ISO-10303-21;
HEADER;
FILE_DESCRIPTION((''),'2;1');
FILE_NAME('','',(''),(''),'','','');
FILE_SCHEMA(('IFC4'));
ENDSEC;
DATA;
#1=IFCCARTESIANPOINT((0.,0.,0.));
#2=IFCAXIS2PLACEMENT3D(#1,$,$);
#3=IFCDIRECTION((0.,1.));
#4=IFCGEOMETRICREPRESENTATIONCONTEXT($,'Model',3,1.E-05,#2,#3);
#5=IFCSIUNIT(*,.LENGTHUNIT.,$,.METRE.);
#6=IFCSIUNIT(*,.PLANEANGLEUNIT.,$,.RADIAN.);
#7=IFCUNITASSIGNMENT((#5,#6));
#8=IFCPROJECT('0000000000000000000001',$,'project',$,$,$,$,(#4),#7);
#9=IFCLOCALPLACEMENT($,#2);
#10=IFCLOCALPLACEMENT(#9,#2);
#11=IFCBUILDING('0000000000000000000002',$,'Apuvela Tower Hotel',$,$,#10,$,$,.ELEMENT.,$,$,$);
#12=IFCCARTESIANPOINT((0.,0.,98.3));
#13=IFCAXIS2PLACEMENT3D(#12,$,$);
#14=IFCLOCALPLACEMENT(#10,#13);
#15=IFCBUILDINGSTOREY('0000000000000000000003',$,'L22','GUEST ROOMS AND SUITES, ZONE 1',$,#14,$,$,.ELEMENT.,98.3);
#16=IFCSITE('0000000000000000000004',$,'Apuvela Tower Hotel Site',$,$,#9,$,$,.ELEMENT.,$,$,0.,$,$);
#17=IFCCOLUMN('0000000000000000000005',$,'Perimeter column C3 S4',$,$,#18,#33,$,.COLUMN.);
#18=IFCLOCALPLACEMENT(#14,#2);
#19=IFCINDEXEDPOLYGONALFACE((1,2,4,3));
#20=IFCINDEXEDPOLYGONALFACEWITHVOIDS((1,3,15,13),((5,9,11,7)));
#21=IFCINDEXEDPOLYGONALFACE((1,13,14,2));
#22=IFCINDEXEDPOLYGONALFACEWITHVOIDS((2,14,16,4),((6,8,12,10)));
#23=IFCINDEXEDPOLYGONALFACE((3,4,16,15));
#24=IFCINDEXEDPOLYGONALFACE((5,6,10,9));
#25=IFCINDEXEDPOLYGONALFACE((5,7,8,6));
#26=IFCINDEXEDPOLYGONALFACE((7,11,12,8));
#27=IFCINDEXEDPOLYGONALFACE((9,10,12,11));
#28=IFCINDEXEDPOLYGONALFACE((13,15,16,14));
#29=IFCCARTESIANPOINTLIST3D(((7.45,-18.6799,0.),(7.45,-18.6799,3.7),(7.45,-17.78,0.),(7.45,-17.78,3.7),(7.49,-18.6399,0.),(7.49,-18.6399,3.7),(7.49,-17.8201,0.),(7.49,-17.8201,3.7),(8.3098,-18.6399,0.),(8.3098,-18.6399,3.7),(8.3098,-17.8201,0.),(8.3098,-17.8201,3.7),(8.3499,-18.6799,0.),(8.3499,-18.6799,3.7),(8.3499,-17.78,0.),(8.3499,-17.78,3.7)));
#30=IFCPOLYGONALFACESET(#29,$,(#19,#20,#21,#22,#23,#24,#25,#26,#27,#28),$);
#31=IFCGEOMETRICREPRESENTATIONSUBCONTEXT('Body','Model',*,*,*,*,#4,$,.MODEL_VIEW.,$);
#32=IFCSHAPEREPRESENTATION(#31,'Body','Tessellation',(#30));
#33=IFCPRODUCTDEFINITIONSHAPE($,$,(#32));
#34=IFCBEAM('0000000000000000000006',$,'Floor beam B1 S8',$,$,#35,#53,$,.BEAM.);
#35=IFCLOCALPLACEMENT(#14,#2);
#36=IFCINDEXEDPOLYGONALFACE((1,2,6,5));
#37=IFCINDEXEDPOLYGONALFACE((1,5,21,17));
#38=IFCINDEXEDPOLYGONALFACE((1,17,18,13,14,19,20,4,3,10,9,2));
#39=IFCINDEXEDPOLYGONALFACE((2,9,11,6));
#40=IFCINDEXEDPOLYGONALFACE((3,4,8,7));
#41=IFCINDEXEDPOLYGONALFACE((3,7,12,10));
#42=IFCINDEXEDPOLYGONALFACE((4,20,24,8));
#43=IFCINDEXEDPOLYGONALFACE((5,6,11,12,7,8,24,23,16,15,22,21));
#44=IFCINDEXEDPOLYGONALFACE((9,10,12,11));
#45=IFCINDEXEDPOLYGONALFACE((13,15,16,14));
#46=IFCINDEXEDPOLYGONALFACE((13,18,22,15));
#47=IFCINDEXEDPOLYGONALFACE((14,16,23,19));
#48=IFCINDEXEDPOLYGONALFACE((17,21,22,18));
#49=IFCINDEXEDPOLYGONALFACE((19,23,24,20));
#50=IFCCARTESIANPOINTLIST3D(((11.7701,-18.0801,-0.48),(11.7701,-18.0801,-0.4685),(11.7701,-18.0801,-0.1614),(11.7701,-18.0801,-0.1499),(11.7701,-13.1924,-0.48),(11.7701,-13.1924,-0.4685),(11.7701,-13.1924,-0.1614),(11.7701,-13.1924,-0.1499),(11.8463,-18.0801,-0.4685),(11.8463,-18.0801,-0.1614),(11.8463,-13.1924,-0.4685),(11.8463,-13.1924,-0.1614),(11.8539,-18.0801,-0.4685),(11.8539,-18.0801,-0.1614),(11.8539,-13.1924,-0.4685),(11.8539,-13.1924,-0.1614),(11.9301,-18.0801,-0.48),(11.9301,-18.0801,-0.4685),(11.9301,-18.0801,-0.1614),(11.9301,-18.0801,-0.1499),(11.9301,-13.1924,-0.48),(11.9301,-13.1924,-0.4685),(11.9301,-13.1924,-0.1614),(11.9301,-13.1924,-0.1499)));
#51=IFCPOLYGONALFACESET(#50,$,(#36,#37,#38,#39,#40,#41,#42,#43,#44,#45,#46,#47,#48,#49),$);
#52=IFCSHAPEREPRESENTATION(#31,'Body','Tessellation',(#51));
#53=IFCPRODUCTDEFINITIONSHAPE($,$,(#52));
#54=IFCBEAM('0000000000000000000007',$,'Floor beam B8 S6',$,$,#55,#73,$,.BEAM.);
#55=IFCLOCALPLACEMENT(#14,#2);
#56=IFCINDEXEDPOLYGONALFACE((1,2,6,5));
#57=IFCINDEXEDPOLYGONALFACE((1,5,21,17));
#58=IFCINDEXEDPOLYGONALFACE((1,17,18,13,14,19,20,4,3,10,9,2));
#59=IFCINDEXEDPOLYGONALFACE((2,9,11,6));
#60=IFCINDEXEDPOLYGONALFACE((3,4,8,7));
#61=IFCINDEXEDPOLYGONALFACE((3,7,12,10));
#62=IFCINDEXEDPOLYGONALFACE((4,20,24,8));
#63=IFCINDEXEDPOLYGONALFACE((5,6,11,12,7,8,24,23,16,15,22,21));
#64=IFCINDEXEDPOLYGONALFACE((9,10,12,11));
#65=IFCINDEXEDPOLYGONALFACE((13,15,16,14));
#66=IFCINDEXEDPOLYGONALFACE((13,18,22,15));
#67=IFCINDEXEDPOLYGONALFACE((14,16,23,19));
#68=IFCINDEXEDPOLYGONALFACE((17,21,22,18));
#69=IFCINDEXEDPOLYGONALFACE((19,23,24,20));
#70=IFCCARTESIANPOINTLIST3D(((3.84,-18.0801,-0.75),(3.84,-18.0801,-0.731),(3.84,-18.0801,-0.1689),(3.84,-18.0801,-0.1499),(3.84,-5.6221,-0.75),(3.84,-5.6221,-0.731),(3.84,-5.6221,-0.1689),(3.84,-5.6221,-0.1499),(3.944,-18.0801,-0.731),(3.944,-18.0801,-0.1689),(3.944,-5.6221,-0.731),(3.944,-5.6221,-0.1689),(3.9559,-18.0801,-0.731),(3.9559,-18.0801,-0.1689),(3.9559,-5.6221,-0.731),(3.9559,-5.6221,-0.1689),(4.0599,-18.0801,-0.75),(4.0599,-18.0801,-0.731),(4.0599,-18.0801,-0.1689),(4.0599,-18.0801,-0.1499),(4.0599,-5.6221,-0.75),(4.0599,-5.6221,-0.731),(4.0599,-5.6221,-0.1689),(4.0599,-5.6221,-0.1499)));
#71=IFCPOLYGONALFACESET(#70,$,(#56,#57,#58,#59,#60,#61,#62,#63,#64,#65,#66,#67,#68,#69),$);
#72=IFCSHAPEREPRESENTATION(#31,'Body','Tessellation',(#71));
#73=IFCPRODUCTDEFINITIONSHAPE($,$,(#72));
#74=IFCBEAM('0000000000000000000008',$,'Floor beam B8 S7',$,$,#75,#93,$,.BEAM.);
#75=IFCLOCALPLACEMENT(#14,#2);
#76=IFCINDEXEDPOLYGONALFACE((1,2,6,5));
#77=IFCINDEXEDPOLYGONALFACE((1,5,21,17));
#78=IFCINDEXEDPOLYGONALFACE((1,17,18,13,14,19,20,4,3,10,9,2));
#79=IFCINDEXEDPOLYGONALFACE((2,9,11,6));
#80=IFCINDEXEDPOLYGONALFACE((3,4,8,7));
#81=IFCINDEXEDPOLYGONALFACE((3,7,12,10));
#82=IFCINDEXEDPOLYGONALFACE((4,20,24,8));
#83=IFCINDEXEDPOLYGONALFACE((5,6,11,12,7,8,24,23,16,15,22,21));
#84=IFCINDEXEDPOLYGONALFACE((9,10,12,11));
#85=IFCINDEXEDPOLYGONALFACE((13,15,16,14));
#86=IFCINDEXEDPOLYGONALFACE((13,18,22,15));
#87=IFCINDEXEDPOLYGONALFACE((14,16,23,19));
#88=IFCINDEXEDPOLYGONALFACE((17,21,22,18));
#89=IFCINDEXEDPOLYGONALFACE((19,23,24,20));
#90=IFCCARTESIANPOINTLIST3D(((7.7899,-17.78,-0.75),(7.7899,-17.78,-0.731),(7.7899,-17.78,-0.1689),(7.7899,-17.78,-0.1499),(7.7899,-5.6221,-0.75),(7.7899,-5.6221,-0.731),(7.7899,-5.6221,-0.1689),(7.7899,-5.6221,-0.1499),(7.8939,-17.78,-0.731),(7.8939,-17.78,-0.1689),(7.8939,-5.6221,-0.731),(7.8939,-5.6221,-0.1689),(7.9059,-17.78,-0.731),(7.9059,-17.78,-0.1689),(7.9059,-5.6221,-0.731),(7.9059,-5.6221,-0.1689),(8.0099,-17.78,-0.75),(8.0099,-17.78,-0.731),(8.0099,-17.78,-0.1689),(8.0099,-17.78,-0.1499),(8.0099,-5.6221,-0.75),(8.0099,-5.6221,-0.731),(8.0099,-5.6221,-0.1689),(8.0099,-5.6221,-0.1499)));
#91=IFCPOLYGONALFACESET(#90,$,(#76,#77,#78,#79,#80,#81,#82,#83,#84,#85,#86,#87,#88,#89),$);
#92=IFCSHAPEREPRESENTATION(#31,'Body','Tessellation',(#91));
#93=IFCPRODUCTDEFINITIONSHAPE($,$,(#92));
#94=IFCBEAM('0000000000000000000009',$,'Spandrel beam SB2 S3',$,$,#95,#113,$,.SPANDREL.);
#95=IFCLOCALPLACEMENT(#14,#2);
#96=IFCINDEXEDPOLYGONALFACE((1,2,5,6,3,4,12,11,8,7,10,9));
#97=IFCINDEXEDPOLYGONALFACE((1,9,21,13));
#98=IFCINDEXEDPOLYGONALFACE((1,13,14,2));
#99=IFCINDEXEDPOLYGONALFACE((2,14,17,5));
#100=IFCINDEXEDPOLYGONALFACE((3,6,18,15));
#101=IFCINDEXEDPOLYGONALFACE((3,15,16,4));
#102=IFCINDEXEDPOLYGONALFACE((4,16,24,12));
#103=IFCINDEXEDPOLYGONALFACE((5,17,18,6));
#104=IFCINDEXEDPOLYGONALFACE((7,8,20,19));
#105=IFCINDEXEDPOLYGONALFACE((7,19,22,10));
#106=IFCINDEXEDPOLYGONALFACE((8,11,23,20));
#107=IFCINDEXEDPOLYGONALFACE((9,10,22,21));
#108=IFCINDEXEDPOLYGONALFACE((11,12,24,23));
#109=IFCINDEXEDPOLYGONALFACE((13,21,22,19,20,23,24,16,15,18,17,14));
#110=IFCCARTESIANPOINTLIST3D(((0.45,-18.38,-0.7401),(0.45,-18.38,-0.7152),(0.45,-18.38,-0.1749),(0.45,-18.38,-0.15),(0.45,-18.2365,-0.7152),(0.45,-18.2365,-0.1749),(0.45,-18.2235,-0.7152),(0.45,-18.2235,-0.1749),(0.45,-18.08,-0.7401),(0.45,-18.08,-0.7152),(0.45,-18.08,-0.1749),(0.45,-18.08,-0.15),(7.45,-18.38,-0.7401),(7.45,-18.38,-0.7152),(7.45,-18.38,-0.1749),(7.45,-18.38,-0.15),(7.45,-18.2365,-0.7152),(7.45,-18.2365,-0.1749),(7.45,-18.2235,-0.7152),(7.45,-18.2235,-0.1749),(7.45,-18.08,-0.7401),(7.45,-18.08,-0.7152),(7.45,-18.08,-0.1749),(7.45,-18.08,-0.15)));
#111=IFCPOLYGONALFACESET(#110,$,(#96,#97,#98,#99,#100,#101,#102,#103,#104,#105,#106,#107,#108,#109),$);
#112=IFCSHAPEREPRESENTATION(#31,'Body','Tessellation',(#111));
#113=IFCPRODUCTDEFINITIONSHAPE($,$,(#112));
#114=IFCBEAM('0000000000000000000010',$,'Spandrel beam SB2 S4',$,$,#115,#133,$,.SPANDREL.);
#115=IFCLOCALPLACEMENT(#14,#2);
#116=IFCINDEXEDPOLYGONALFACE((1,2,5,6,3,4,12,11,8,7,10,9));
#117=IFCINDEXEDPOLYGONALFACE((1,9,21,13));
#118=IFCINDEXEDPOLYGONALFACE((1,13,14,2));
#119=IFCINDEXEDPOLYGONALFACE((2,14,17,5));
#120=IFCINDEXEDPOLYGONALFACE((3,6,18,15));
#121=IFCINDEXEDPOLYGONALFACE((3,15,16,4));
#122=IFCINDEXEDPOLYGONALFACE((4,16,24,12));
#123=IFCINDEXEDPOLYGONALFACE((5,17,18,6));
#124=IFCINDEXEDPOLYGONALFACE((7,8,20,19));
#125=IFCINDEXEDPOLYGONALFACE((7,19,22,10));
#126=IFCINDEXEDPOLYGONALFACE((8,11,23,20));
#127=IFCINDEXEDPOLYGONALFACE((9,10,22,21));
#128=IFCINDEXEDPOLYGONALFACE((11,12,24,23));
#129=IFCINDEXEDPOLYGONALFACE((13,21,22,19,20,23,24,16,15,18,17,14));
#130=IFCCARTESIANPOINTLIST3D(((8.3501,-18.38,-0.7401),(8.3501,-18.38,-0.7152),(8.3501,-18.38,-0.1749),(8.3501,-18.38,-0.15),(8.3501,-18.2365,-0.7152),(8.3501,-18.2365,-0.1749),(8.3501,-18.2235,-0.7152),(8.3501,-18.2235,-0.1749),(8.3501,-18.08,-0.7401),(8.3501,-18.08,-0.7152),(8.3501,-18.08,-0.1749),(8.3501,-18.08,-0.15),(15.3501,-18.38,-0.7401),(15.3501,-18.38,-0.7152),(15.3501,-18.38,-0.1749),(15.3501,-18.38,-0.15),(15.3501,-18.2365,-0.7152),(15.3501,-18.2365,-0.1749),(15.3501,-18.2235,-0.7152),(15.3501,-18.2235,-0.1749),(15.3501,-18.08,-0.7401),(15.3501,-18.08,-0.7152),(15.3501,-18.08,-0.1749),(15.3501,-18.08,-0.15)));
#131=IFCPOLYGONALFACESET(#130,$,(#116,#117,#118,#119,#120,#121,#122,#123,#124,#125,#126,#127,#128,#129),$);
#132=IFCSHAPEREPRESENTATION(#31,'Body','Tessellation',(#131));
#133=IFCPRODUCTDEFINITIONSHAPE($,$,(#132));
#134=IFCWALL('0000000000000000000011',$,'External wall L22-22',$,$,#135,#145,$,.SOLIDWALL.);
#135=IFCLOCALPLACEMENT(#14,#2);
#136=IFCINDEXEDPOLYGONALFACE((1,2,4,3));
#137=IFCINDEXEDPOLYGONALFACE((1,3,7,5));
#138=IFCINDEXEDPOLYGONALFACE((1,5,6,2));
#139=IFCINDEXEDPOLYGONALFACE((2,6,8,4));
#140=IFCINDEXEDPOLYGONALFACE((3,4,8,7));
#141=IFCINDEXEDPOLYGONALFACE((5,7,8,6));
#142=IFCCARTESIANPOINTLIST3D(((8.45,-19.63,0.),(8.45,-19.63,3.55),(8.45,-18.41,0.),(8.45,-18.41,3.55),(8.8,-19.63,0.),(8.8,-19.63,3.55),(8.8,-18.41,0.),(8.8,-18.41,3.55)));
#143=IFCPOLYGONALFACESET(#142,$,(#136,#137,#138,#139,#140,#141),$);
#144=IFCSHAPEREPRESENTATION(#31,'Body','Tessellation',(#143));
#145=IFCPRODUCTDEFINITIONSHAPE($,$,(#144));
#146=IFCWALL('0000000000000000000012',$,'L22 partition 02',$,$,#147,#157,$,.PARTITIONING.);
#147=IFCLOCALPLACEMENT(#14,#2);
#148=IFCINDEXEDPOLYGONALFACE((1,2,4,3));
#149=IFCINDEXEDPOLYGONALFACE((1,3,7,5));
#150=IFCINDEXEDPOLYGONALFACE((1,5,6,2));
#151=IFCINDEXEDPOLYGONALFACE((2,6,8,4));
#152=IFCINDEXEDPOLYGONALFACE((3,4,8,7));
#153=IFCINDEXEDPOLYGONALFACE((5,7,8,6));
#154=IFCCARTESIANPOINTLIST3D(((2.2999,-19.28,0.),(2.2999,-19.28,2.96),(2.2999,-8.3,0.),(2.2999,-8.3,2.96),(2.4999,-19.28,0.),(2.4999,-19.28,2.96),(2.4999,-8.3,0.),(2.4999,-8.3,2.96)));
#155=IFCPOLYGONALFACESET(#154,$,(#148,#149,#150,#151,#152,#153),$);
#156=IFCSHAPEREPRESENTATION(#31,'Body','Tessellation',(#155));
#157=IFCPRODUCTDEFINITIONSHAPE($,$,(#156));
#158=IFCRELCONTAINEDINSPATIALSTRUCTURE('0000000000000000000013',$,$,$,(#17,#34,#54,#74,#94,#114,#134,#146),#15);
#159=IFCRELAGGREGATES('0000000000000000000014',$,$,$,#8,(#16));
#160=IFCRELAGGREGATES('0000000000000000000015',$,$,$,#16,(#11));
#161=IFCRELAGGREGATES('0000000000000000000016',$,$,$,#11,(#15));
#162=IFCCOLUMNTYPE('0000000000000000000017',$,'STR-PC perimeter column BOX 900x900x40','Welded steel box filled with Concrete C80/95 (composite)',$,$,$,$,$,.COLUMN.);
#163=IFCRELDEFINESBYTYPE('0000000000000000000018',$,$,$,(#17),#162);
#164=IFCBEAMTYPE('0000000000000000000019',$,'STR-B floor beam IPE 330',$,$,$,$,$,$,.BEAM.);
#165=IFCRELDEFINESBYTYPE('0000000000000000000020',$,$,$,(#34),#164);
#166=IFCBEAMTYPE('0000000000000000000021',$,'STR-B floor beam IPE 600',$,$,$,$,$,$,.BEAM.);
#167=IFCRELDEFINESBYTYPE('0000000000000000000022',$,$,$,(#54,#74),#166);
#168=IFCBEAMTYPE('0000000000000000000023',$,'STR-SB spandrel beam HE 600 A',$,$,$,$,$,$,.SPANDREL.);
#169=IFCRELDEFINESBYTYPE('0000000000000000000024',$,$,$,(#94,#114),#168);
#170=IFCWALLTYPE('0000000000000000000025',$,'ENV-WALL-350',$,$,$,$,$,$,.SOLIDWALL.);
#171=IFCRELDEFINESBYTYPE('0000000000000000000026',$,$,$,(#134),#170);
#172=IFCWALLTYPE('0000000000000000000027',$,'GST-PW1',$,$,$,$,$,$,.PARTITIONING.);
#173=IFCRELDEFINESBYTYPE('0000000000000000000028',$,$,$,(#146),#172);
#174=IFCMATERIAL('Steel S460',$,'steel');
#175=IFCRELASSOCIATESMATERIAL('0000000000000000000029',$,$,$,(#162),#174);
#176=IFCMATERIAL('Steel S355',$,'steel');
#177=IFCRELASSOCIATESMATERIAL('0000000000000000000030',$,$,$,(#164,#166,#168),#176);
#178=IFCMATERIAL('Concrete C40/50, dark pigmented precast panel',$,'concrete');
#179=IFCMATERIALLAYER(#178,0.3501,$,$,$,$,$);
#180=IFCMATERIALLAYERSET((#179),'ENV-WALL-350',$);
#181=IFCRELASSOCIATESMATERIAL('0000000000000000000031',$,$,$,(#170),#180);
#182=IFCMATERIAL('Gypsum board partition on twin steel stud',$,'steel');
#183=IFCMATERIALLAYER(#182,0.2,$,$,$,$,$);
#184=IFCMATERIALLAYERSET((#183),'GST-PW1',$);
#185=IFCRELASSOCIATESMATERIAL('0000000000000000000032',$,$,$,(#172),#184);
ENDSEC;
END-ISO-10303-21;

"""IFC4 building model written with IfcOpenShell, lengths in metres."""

from ifc_helpers import new_model, si_unit, direction, frame, frame_2d, origin, origin_2d, place, context, subcontext, project, spatial, rectangle, hollow_rectangle, i_section, extrude, material, layer, layer_set, material_profile, profile_set, type_object, element, save


model = new_model("IFC4")

# Units and contexts
model_context = context("Model", 3, precision=1e-05, world=origin(), true_north=direction((0.0, 1.0)))
body_context = subcontext(model_context, "Body", "Model", "MODEL_VIEW")
ifc_project = project(units=[si_unit("LENGTHUNIT", "METRE"), si_unit("PLANEANGLEUNIT", "RADIAN")], contexts=[model_context])

# Site, building, storey
site_placement = place(None, origin())
site = spatial("IfcSite", under=ifc_project, at=site_placement, Name="Apuvela Tower Hotel Site", CompositionType="ELEMENT", RefElevation=0.0)
building_placement = place(site_placement, origin())
building = spatial("IfcBuilding", under=site, at=building_placement, Name="Apuvela Tower Hotel", CompositionType="ELEMENT")
storey_placement = place(building_placement, frame((0.0, 0.0, 98.3)))
storey = spatial("IfcBuildingStorey", under=building, at=storey_placement, Name="L22", Description="GUEST ROOMS AND SUITES, ZONE 1", CompositionType="ELEMENT", Elevation=98.3)

# Column
ifc_material_1 = material(Name="Steel S460", Category="steel")
ifc_material_profile_1 = material_profile(ifc_material_1, hollow_rectangle(XDim=0.8999, YDim=0.8999, WallThickness=0.04, at=origin_2d()), Name="BOX 900x900x40")
ifc_material_2 = material(Name="Concrete C80/95", Category="concrete")
ifc_material_profile_2 = material_profile(ifc_material_2, rectangle(XDim=0.8201, YDim=0.8201, at=origin_2d()), Name="Concrete C80/95 infill")
ifc_profile_set_1 = profile_set([ifc_material_profile_1, ifc_material_profile_2], Name="Steel S460")
column_type = type_object("IfcColumnType", Name="STR-PC perimeter column BOX 900x900x40", Description="Welded steel box filled with Concrete C80/95 (composite)", PredefinedType="COLUMN", material=ifc_profile_set_1)
column_placement = place(storey_placement, frame((7.8999, -18.23, 0.0), z_axis=(0.0, 0.0, 1.0), x_axis=(-1.0, 0.0, 0.0)))
element("IfcColumn", 1, at=column_placement, inside=storey, type_object=column_type, Name="Perimeter column C3 S4", PredefinedType="COLUMN", context=body_context, shape_type="SweptSolid", body=[
    extrude(hollow_rectangle(XDim=0.8999, YDim=0.8999, WallThickness=0.04, at=origin_2d()), origin(), (0.0, 0.0, 1.0), 3.7),
])

# Beams
ifc_material_3 = material(Name="Steel S355", Category="steel")
ifc_material_profile_3 = material_profile(ifc_material_3, i_section(OverallWidth=0.1599, OverallDepth=0.3301, WebThickness=0.0076, FlangeThickness=0.0115, at=origin_2d()), Name="IPE 330")
ifc_profile_set_2 = profile_set([ifc_material_profile_3], Name="Steel S355")
beam_type_1 = type_object("IfcBeamType", Name="STR-B floor beam IPE 330", PredefinedType="BEAM", material=ifc_profile_set_2)
beam_1_placement = place(storey_placement, frame((11.8501, -18.0801, -0.3149), z_axis=(0.0, 1.0, 0.0), x_axis=(-1.0, 0.0, 0.0)))
element("IfcBeam", 2, at=beam_1_placement, inside=storey, type_object=beam_type_1, Name="Floor beam B1 S8", PredefinedType="BEAM", context=body_context, shape_type="SweptSolid", body=[
    extrude(i_section(OverallWidth=0.1599, OverallDepth=0.3301, WebThickness=0.0076, FlangeThickness=0.0115, at=origin_2d()), origin(), (0.0, 0.0, 1.0), 4.8877),
])
ifc_material_profile_4 = material_profile(ifc_material_3, i_section(OverallWidth=0.22, OverallDepth=0.6001, WebThickness=0.012, FlangeThickness=0.019, at=origin_2d()), Name="IPE 600")
ifc_profile_set_3 = profile_set([ifc_material_profile_4], Name="Steel S355")
beam_type_2 = type_object("IfcBeamType", Name="STR-B floor beam IPE 600", PredefinedType="BEAM", material=ifc_profile_set_3)
beam_2_placement = place(storey_placement, frame((3.95, -18.0801, -0.45), z_axis=(0.0, 1.0, 0.0), x_axis=(-1.0, 0.0, 0.0)))
element("IfcBeam", 3, at=beam_2_placement, inside=storey, type_object=beam_type_2, Name="Floor beam B8 S6", PredefinedType="BEAM", context=body_context, shape_type="SweptSolid", body=[
    extrude(i_section(OverallWidth=0.22, OverallDepth=0.6001, WebThickness=0.012, FlangeThickness=0.019, at=origin_2d()), origin(), (0.0, 0.0, 1.0), 12.458),
])
beam_3_placement = place(storey_placement, frame((7.8999, -17.78, -0.45), z_axis=(0.0, 1.0, 0.0), x_axis=(-1.0, 0.0, 0.0)))
element("IfcBeam", 4, at=beam_3_placement, inside=storey, type_object=beam_type_2, Name="Floor beam B8 S7", PredefinedType="BEAM", context=body_context, shape_type="SweptSolid", body=[
    extrude(i_section(OverallWidth=0.22, OverallDepth=0.6001, WebThickness=0.012, FlangeThickness=0.019, at=origin_2d()), origin(), (0.0, 0.0, 1.0), 12.158),
])
ifc_material_profile_5 = material_profile(ifc_material_3, i_section(OverallWidth=0.3, OverallDepth=0.5901, WebThickness=0.0129, FlangeThickness=0.0249, at=origin_2d()), Name="HE 600 A")
ifc_profile_set_4 = profile_set([ifc_material_profile_5], Name="Steel S355")
beam_type_3 = type_object("IfcBeamType", Name="STR-SB spandrel beam HE 600 A", PredefinedType="SPANDREL", material=ifc_profile_set_4)
for number, where, z_axis, x_axis, name in (
    (5, (0.45, -18.23, -0.4451), (1.0, 0.0, 0.0), (0.0, 1.0, 0.0), "Spandrel beam SB2 S3"),
    (6, (8.3501, -18.23, -0.4451), (1.0, 0.0, 0.0), (0.0, 1.0, 0.0), "Spandrel beam SB2 S4"),
):
    element("IfcBeam", number, at=place(storey_placement, frame(where, z_axis=z_axis, x_axis=x_axis)), inside=storey, type_object=beam_type_3, Name=name, PredefinedType="SPANDREL", context=body_context, shape_type="SweptSolid", body=[
        extrude(i_section(OverallWidth=0.3, OverallDepth=0.5901, WebThickness=0.0129, FlangeThickness=0.0249, at=origin_2d()), origin(), (0.0, 0.0, 1.0), 7.0),
    ])

# Wall
ifc_material_4 = material(Name="Concrete C40/50, dark pigmented precast panel", Category="concrete")
ifc_layer_1 = layer(ifc_material_4, 0.3501)
ifc_layer_set_1 = layer_set([ifc_layer_1], Name="ENV-WALL-350")
wall_type_1 = type_object("IfcWallType", Name="ENV-WALL-350", PredefinedType="SOLIDWALL", material=ifc_layer_set_1)
wall_1_placement = place(storey_placement, frame((8.625, -19.6299, 0.0), z_axis=(0.0, 0.0, 1.0), x_axis=(0.0, 1.0, 0.0)))
element("IfcWall", 7, at=wall_1_placement, inside=storey, type_object=wall_type_1, Name="External wall L22-22", PredefinedType="SOLIDWALL", context=body_context, shape_type="SweptSolid", body=[
    extrude(rectangle(XDim=1.22, YDim=0.3501, at=frame_2d((0.6099, 0.0))), origin(), (0.0, 0.0, 1.0), 3.55),
])

# Wall
ifc_material_5 = material(Name="Gypsum board partition on twin steel stud", Category="steel")
ifc_layer_2 = layer(ifc_material_5, 0.2)
ifc_layer_set_2 = layer_set([ifc_layer_2], Name="GST-PW1")
wall_type_2 = type_object("IfcWallType", Name="GST-PW1", PredefinedType="PARTITIONING", material=ifc_layer_set_2)
wall_2_placement = place(storey_placement, frame((2.3999, -19.28, 0.0), z_axis=(0.0, 0.0, 1.0), x_axis=(0.0, 1.0, 0.0)))
element("IfcWall", 8, at=wall_2_placement, inside=storey, type_object=wall_type_2, Name="L22 partition 02", PredefinedType="PARTITIONING", context=body_context, shape_type="SweptSolid", body=[
    extrude(rectangle(XDim=10.98, YDim=0.2, at=frame_2d((5.49, 0.0))), origin(), (0.0, 0.0, 1.0), 2.96),
])

save(model, "model.ifc")
